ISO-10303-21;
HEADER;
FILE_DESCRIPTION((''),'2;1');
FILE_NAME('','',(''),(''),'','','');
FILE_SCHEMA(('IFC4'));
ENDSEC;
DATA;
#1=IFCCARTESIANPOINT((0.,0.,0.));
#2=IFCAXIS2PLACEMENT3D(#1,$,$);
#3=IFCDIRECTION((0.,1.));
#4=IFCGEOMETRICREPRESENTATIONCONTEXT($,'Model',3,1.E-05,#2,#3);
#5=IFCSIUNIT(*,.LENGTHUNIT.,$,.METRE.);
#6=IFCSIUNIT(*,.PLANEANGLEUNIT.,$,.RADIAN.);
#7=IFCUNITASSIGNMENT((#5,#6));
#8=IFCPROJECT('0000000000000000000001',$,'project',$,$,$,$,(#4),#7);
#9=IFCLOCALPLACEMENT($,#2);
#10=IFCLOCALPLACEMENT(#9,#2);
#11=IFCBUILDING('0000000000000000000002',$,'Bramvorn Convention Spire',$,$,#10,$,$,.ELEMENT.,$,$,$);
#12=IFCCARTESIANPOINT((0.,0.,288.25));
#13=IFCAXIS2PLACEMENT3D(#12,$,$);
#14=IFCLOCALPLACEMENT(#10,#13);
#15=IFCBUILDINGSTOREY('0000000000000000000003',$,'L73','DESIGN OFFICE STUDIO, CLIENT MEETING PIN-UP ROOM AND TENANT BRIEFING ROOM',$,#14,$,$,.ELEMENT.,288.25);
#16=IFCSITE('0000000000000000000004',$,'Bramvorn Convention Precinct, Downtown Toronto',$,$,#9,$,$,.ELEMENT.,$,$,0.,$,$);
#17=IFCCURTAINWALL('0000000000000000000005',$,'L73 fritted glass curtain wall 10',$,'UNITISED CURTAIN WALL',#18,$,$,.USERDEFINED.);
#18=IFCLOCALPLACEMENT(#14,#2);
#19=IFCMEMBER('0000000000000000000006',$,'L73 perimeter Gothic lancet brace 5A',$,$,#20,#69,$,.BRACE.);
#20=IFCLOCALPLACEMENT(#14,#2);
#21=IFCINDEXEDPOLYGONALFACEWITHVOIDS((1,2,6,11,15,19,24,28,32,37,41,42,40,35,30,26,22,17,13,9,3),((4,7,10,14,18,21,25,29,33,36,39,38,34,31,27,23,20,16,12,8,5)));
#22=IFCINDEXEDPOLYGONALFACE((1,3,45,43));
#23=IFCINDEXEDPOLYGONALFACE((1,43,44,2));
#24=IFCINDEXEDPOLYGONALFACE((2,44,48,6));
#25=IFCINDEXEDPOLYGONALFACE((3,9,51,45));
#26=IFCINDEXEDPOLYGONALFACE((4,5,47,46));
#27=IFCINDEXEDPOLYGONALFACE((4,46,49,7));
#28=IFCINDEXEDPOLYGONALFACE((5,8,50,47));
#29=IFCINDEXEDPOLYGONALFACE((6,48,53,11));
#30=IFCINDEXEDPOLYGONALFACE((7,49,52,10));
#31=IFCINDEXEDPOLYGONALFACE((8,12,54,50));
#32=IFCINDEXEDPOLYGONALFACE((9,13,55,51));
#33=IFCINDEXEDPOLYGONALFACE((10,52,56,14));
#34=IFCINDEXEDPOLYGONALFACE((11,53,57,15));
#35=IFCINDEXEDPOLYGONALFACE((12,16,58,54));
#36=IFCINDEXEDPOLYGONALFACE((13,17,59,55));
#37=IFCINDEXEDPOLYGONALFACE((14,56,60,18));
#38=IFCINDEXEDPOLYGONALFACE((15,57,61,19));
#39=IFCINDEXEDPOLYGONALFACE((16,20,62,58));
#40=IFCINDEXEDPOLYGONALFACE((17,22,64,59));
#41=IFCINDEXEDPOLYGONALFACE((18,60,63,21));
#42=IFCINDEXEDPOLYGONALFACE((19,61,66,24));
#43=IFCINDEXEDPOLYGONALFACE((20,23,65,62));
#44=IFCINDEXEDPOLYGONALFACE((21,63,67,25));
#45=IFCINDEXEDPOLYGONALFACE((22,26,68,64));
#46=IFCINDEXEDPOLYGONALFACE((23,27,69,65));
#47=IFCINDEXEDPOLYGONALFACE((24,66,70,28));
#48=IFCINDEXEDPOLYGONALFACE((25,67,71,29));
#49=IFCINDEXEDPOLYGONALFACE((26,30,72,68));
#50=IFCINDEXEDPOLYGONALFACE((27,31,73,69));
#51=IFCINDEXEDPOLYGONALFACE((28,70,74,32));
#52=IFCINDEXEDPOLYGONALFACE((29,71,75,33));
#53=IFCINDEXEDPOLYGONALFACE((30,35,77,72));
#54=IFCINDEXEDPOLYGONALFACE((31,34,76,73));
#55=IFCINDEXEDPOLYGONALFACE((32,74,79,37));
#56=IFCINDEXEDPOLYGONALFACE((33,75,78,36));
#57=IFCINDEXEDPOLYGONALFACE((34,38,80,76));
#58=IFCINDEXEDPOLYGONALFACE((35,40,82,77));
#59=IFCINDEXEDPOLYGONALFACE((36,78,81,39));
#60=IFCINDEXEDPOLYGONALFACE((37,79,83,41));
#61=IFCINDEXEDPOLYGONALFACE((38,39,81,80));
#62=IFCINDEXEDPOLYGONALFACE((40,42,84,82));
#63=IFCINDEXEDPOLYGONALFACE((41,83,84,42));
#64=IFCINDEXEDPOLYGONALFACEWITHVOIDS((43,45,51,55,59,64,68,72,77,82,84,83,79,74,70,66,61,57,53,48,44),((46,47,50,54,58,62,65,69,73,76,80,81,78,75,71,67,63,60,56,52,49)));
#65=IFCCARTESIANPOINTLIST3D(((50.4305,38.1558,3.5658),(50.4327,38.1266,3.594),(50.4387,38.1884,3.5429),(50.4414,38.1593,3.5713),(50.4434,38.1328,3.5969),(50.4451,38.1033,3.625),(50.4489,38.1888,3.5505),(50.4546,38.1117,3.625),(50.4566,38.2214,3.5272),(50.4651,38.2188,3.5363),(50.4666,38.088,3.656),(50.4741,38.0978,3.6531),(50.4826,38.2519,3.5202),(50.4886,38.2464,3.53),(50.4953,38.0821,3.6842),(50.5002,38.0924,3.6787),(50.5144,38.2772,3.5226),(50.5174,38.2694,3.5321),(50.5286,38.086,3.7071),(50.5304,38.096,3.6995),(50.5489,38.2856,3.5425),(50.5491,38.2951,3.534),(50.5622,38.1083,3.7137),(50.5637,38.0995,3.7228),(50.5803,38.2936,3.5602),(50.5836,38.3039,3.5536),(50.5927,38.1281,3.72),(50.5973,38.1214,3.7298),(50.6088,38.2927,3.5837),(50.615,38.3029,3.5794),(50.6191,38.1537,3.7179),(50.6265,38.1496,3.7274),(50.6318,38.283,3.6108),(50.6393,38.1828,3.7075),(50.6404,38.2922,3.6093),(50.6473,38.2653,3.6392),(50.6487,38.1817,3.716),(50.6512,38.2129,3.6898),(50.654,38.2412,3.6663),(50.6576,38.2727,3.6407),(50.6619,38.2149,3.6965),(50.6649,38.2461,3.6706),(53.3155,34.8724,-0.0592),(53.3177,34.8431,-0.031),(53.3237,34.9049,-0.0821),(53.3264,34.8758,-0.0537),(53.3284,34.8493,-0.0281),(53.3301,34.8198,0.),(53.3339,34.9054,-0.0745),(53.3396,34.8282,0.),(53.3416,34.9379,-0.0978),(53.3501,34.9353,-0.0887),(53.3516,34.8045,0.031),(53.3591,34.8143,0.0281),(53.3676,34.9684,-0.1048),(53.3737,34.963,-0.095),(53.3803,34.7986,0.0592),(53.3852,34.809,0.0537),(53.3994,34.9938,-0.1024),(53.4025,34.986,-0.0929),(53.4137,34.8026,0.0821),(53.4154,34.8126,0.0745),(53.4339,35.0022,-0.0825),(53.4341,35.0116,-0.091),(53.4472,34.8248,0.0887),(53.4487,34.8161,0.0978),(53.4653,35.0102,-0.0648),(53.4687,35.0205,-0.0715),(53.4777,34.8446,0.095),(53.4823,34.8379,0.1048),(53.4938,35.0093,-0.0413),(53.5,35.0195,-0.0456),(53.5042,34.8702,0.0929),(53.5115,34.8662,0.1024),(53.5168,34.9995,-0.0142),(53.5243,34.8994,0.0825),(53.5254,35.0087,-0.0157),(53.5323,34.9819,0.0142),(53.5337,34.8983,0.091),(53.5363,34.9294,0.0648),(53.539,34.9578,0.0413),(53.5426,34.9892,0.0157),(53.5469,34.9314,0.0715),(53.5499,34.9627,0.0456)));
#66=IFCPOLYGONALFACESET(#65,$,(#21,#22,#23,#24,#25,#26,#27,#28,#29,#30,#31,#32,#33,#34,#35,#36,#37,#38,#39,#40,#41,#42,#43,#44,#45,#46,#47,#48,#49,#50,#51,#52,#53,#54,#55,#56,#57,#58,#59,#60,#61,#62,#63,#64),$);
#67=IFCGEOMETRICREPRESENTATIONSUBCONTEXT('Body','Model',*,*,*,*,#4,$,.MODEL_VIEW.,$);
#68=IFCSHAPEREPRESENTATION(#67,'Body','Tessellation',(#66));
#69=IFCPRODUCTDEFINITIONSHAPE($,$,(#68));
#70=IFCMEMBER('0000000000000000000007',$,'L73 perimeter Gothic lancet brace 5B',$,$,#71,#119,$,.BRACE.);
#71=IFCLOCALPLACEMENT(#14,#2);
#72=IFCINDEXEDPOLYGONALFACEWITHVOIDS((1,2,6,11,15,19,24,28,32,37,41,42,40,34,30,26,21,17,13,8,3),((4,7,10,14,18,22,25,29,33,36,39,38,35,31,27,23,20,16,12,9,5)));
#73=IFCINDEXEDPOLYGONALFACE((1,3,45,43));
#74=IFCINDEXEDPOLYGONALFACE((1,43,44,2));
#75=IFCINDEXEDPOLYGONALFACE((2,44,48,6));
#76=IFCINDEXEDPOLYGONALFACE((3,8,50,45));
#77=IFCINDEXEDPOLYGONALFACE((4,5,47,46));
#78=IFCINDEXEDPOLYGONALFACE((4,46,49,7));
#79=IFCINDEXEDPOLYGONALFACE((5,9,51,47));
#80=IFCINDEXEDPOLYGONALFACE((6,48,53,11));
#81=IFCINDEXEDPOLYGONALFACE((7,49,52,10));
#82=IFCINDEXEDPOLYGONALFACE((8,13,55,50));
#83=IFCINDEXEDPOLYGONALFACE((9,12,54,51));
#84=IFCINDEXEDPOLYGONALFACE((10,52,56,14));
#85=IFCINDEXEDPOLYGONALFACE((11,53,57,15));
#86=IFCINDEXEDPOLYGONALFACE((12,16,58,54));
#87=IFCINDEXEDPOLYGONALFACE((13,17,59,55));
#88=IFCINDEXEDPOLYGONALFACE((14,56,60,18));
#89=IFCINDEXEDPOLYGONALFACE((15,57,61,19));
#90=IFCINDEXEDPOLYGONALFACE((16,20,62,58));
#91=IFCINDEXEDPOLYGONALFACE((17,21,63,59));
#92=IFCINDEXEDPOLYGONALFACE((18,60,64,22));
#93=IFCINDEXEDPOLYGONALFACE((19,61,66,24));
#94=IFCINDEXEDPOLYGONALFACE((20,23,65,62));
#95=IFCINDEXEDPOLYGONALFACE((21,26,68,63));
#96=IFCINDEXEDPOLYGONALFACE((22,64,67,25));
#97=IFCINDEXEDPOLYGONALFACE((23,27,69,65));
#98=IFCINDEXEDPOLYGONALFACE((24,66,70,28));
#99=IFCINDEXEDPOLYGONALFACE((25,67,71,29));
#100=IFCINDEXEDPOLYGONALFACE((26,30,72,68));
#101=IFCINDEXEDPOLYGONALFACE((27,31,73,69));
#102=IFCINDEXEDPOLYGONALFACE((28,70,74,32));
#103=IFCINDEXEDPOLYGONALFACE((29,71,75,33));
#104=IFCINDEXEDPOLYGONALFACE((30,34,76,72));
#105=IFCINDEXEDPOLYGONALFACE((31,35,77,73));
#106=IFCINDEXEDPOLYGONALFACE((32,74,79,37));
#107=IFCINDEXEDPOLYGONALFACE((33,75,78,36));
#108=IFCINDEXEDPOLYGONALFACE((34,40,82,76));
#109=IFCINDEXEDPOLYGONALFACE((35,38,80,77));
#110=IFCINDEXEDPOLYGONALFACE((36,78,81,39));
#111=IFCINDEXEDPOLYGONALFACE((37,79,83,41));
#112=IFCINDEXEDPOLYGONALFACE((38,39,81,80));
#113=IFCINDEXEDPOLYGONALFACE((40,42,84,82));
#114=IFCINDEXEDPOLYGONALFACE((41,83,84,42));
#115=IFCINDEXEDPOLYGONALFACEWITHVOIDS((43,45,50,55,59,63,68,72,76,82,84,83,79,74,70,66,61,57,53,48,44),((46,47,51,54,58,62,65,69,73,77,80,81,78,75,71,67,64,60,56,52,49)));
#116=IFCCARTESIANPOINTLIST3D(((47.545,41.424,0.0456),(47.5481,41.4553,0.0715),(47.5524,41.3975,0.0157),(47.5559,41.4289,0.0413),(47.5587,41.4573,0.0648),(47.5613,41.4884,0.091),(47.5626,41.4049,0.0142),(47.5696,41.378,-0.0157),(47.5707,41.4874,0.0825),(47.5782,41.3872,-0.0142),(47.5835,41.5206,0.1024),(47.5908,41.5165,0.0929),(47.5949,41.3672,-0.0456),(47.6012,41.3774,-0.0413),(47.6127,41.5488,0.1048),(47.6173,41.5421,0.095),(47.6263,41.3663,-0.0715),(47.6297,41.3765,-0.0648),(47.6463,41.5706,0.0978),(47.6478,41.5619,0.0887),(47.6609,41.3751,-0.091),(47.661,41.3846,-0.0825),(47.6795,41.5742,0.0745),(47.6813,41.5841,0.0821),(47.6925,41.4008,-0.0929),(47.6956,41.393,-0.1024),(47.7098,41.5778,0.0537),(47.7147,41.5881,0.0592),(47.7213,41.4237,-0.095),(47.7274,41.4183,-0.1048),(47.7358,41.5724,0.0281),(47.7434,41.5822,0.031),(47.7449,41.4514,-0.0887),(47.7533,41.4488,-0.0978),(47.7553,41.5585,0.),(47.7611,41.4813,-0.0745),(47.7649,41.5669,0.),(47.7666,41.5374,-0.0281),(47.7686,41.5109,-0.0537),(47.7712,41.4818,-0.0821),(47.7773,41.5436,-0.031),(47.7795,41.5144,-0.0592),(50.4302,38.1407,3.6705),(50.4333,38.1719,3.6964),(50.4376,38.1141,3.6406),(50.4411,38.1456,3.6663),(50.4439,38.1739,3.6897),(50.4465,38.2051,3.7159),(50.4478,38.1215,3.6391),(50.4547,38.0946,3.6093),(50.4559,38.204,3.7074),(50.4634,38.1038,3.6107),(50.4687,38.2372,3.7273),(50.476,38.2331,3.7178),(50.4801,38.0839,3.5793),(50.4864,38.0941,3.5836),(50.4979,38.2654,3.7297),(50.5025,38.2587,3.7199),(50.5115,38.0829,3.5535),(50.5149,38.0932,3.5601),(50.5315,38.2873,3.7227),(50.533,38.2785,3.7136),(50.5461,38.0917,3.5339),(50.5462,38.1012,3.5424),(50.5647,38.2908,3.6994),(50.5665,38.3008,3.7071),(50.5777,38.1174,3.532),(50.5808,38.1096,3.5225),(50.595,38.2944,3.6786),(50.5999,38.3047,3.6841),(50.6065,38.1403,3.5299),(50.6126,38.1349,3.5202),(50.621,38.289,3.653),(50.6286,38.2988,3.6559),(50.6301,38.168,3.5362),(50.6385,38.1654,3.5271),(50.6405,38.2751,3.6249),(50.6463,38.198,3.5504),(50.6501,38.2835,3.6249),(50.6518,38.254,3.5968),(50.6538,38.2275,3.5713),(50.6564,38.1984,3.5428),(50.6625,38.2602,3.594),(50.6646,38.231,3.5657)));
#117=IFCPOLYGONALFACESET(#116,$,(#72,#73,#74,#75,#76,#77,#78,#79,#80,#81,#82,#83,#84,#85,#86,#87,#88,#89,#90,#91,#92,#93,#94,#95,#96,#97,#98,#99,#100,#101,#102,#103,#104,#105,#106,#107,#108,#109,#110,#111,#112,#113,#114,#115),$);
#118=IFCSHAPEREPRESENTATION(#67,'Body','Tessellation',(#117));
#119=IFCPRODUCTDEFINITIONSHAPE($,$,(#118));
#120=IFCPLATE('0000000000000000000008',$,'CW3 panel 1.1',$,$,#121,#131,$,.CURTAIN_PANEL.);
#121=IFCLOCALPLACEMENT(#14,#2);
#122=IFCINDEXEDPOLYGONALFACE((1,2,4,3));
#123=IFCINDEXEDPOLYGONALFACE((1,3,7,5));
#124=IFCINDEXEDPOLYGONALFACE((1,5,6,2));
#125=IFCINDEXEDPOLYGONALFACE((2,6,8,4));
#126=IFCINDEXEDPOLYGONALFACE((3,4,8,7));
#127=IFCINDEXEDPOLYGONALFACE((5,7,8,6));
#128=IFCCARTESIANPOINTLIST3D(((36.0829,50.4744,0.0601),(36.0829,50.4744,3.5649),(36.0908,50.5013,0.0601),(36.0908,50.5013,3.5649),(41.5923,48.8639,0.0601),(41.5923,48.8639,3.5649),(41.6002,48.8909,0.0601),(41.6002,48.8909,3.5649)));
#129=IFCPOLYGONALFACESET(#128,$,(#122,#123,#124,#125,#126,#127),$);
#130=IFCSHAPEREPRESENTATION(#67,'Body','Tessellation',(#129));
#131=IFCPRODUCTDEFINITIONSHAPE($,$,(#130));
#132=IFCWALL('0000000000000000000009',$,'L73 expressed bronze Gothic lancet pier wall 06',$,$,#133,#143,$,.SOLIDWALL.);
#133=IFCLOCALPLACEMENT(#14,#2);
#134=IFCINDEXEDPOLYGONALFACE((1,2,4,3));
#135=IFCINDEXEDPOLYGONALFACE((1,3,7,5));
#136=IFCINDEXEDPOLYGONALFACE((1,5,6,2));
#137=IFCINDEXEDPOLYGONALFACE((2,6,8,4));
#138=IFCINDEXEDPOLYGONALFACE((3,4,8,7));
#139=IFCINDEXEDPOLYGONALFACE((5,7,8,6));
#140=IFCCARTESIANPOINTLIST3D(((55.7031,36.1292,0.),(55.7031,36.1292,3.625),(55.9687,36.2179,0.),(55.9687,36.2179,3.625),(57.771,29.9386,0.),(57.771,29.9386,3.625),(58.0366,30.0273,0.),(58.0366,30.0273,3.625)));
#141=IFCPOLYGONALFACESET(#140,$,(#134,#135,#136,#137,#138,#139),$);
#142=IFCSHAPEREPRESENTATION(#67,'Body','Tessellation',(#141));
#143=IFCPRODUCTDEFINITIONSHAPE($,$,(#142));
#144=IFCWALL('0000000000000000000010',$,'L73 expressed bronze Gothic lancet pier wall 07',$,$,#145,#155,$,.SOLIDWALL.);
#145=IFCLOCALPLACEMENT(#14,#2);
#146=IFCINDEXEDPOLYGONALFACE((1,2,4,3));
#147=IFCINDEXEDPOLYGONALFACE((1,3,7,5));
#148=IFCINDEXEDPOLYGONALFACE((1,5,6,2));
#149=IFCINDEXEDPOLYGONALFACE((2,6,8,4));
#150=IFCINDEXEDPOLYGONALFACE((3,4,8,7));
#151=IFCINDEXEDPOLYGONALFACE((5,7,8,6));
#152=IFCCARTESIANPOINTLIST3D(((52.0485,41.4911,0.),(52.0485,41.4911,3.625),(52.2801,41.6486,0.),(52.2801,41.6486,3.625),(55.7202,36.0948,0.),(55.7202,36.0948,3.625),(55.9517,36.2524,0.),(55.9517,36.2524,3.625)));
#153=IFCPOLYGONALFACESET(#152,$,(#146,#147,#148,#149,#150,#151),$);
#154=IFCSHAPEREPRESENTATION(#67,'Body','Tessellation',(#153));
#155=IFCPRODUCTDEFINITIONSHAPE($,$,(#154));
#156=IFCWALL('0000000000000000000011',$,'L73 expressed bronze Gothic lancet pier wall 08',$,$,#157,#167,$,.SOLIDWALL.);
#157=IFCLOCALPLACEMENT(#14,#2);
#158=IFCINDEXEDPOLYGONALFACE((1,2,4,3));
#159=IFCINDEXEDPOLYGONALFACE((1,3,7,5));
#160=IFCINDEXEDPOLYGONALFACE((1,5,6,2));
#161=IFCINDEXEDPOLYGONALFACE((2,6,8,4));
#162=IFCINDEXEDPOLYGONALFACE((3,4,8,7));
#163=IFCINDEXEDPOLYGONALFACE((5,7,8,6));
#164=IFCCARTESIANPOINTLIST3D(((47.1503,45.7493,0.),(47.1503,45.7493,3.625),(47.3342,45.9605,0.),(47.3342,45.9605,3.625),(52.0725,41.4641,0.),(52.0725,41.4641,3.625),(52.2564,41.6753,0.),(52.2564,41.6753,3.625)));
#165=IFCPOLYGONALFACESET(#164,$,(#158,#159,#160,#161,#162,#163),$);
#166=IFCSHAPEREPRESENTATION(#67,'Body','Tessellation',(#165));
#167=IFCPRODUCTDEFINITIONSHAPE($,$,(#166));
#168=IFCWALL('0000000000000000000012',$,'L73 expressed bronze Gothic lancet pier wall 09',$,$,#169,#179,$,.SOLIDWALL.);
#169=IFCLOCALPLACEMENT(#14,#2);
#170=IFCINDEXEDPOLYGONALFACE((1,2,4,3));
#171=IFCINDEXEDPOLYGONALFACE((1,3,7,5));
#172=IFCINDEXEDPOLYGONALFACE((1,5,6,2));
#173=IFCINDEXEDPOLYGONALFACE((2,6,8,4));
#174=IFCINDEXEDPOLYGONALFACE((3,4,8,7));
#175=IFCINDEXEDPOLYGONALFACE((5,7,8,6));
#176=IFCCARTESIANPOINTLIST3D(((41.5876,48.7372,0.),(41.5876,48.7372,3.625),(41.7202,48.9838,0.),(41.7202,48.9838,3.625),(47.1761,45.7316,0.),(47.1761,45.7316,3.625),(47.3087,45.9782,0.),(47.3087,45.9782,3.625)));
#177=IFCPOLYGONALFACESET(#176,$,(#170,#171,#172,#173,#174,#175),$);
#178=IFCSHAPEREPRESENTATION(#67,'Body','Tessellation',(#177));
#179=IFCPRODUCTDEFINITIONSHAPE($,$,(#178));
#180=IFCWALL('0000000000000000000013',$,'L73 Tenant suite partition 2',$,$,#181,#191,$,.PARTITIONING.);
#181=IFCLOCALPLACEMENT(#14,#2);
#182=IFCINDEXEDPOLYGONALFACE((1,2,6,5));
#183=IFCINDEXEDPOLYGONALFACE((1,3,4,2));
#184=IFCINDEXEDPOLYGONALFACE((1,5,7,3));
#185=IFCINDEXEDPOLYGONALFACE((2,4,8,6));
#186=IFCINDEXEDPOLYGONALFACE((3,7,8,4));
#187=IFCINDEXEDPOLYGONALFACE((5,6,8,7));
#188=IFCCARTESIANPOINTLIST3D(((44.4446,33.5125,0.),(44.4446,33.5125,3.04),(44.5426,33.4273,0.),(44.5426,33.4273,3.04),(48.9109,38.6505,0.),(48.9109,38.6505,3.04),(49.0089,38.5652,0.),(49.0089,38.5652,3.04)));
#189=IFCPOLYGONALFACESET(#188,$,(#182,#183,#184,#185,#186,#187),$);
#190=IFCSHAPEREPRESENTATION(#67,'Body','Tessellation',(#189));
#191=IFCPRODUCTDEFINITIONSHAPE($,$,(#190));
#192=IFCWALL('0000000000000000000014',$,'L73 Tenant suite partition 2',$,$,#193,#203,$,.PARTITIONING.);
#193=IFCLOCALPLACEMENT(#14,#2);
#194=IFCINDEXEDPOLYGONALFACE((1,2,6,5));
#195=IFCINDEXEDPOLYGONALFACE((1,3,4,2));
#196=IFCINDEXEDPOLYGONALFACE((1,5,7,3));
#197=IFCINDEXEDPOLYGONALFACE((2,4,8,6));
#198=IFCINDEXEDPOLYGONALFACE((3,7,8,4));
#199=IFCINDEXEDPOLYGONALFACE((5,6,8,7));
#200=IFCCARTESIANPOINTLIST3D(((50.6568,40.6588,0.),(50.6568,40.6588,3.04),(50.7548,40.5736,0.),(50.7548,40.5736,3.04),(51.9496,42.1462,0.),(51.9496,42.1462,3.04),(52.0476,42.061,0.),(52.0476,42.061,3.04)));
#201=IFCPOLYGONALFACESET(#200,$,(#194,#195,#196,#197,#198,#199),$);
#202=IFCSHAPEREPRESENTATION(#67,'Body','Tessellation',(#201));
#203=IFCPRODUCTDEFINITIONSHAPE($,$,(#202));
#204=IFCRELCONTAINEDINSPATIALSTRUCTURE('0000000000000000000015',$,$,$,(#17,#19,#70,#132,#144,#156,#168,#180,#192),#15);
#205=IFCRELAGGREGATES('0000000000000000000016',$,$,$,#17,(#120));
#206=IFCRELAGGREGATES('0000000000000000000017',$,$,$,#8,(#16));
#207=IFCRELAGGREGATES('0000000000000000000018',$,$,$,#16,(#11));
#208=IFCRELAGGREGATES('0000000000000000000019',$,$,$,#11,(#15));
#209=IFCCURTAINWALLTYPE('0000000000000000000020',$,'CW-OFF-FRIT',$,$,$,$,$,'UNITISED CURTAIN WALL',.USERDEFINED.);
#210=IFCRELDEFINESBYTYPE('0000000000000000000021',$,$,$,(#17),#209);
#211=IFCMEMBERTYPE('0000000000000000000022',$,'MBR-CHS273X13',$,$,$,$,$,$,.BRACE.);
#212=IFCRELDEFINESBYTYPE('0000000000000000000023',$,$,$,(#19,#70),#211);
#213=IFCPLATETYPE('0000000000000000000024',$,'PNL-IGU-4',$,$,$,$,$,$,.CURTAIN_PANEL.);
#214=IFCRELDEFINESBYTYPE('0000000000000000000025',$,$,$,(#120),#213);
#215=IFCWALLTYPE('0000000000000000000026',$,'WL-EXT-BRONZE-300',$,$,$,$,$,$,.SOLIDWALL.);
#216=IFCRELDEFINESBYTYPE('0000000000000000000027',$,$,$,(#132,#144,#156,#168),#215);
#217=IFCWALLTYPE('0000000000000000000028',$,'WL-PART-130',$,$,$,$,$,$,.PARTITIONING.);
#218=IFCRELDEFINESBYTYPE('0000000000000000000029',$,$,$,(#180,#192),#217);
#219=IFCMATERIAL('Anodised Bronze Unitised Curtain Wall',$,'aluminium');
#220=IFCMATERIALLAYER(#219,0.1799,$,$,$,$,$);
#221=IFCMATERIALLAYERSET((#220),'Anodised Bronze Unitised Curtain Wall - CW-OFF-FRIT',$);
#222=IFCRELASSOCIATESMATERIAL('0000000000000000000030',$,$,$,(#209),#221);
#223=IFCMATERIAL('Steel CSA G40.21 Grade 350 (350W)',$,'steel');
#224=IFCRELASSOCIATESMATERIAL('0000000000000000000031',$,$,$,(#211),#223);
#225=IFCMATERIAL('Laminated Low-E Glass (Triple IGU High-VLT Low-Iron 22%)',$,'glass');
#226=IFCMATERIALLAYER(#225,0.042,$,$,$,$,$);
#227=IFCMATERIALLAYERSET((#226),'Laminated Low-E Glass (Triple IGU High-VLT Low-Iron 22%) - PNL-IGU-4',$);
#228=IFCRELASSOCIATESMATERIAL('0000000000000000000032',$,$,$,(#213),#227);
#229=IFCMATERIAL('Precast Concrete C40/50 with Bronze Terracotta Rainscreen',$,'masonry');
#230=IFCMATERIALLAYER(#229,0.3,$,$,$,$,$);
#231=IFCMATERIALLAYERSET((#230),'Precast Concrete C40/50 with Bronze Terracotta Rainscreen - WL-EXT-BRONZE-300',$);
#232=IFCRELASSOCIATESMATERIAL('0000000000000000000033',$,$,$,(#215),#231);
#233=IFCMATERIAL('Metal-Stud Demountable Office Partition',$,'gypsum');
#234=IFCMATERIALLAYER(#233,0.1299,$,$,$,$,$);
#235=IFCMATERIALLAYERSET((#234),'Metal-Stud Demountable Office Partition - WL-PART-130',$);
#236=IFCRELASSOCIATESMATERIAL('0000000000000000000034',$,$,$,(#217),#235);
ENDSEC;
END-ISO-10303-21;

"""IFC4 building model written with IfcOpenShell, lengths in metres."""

from ifc_helpers import new_model, si_unit, direction, frame, frame_2d, origin, origin_2d, place, context, subcontext, project, spatial, rectangle, hollow_circle, extrude, material, layer, layer_set, material_profile, profile_set, type_object, element, aggregate, save


model = new_model("IFC4")

# Units and contexts
model_context = context("Model", 3, precision=1e-05, world=origin(), true_north=direction((0.0, 1.0)))
body_context = subcontext(model_context, "Body", "Model", "MODEL_VIEW")
ifc_project = project(units=[si_unit("LENGTHUNIT", "METRE"), si_unit("PLANEANGLEUNIT", "RADIAN")], contexts=[model_context])

# Site, building, storey
site_placement = place(None, origin())
site = spatial("IfcSite", under=ifc_project, at=site_placement, Name="Bramvorn Convention Precinct, Downtown Toronto", CompositionType="ELEMENT", RefElevation=0.0)
building_placement = place(site_placement, origin())
building = spatial("IfcBuilding", under=site, at=building_placement, Name="Bramvorn Convention Spire", CompositionType="ELEMENT")
storey_placement = place(building_placement, frame((0.0, 0.0, 288.25)))
storey = spatial("IfcBuildingStorey", under=building, at=storey_placement, Name="L73", Description="DESIGN OFFICE STUDIO, CLIENT MEETING PIN-UP ROOM AND TENANT BRIEFING ROOM", CompositionType="ELEMENT", Elevation=288.25)

# Shared definitions
ifc_material_1 = material(Name="Steel CSA G40.21 Grade 350 (350W)", Category="steel")

# Curtain wall
ifc_material_2 = material(Name="Anodised Bronze Unitised Curtain Wall", Category="aluminium")
ifc_layer_1 = layer(ifc_material_2, 0.1799)
ifc_layer_set_1 = layer_set([ifc_layer_1], Name="Anodised Bronze Unitised Curtain Wall - CW-OFF-FRIT")
curtain_wall_type = type_object("IfcCurtainWallType", Name="CW-OFF-FRIT", ElementType="UNITISED CURTAIN WALL", PredefinedType="USERDEFINED", material=ifc_layer_set_1)
curtain_wall_1_placement = place(storey_placement, origin())
curtain_wall_1 = element("IfcCurtainWall", 1, at=curtain_wall_1_placement, inside=storey, type_object=curtain_wall_type, Name="L73 fritted glass curtain wall 10", ObjectType="UNITISED CURTAIN WALL", PredefinedType="USERDEFINED")

# Members
ifc_material_profile_1 = material_profile(ifc_material_1, hollow_circle(Radius=0.1365, WallThickness=0.0127, at=origin_2d()))
ifc_profile_set_1 = profile_set([ifc_material_profile_1], Name="Steel CSA G40.21 Grade 350 (350W) - CHS273X13")
member_type_1 = type_object("IfcMemberType", Name="MBR-CHS273X13", PredefinedType="BRACE", material=ifc_profile_set_1)
for number, where, z_axis, x_axis, name in (
    (2, (53.4326, 34.9099, 0.0), (-0.508062, 0.578228, 0.638377), (-0.751215, -0.660057, 0.0), "L73 perimeter Gothic lancet brace 5A"),
    (3, (47.6624, 41.4768, 0.0), (0.508094, -0.578216, 0.638363), (0.751188, 0.660089, 0.0), "L73 perimeter Gothic lancet brace 5B"),
):
    element("IfcMember", number, at=place(storey_placement, frame(where, z_axis=z_axis, x_axis=x_axis)), inside=storey, type_object=member_type_1, Name=name, PredefinedType="BRACE", context=body_context, shape_type="SweptSolid", body=[
        extrude(hollow_circle(Radius=0.1365, WallThickness=0.0127, at=origin_2d()), origin(), (0.0, 0.0, 1.0), 5.6785),
    ])

# Plate
ifc_material_3 = material(Name="Laminated Low-E Glass (Triple IGU High-VLT Low-Iron 22%)", Category="glass")
ifc_layer_2 = layer(ifc_material_3, 0.042)
ifc_layer_set_2 = layer_set([ifc_layer_2], Name="Laminated Low-E Glass (Triple IGU High-VLT Low-Iron 22%) - PNL-IGU-4")
plate_type = type_object("IfcPlateType", Name="PNL-IGU-4", PredefinedType="CURTAIN_PANEL", material=ifc_layer_set_2)
plate_placement = place(storey_placement, frame((38.8416, 49.6826, 0.0601), z_axis=(0.0, 0.0, 1.0), x_axis=(0.959835, -0.280565, 0.0)))
plate = element("IfcPlate", 4, at=plate_placement, type_object=plate_type, Name="CW3 panel 1.1", PredefinedType="CURTAIN_PANEL", context=body_context, shape_type="SweptSolid", body=[
    extrude(rectangle(XDim=5.74, YDim=0.0281, at=origin_2d()), origin(), (0.0, 0.0, 1.0), 3.5049),
])
aggregate(curtain_wall_1, [plate])

# Walls
ifc_material_4 = material(Name="Precast Concrete C40/50 with Bronze Terracotta Rainscreen", Category="masonry")
ifc_layer_3 = layer(ifc_material_4, 0.3)
ifc_layer_set_3 = layer_set([ifc_layer_3], Name="Precast Concrete C40/50 with Bronze Terracotta Rainscreen - WL-EXT-BRONZE-300")
wall_type_1 = type_object("IfcWallType", Name="WL-EXT-BRONZE-300", PredefinedType="SOLIDWALL", material=ifc_layer_set_3)
for number, where, z_axis, x_axis, name in (
    (5, (55.8359, 36.1736, 0.0), (0.0, 0.0, 1.0), (0.316822, -0.948485, 0.0), "L73 expressed bronze Gothic lancet pier wall 06"),
    (6, (52.1643, 41.5698, 0.0), (0.0, 0.0, 1.0), (0.562539, -0.826771, 0.0), "L73 expressed bronze Gothic lancet pier wall 07"),
):
    element("IfcWall", number, at=place(storey_placement, frame(where, z_axis=z_axis, x_axis=x_axis)), inside=storey, type_object=wall_type_1, Name=name, PredefinedType="SOLIDWALL", context=body_context, shape_type="SweptSolid", body=[
        extrude(rectangle(XDim=6.5269, YDim=0.28, at=frame_2d((3.2634, 0.0))), origin(), (0.0, 0.0, 1.0), 3.625),
    ])
wall_1_placement = place(storey_placement, frame((47.2422, 45.855, 0.0), z_axis=(0.0, 0.0, 1.0), x_axis=(0.754222, -0.656619, 0.0)))
element("IfcWall", 7, at=wall_1_placement, inside=storey, type_object=wall_type_1, Name="L73 expressed bronze Gothic lancet pier wall 08", PredefinedType="SOLIDWALL", context=body_context, shape_type="SweptSolid", body=[
    extrude(rectangle(XDim=6.5261, YDim=0.28, at=frame_2d((3.2632, 0.0))), origin(), (0.0, 0.0, 1.0), 3.625),
])
wall_2_placement = place(storey_placement, frame((41.6538, 48.8606, 0.0), z_axis=(0.0, 0.0, 1.0), x_axis=(0.880702, -0.473671, 0.0)))
element("IfcWall", 8, at=wall_2_placement, inside=storey, type_object=wall_type_1, Name="L73 expressed bronze Gothic lancet pier wall 09", PredefinedType="SOLIDWALL", context=body_context, shape_type="SweptSolid", body=[
    extrude(rectangle(XDim=6.3455, YDim=0.28, at=frame_2d((3.1729, 0.0))), origin(), (0.0, 0.0, 1.0), 3.625),
])
ifc_material_5 = material(Name="Metal-Stud Demountable Office Partition", Category="gypsum")
ifc_layer_4 = layer(ifc_material_5, 0.1299)
ifc_layer_set_4 = layer_set([ifc_layer_4], Name="Metal-Stud Demountable Office Partition - WL-PART-130")
wall_type_2 = type_object("IfcWallType", Name="WL-PART-130", PredefinedType="PARTITIONING", material=ifc_layer_set_4)
wall_3_placement = place(storey_placement, frame((44.4937, 33.47, 0.0), z_axis=(0.0, 0.0, 1.0), x_axis=(0.656056, 0.754712, 0.0)))
element("IfcWall", 9, at=wall_3_placement, inside=storey, type_object=wall_type_2, Name="L73 Tenant suite partition 2", PredefinedType="PARTITIONING", context=body_context, shape_type="SweptSolid", body=[
    extrude(rectangle(XDim=6.8079, YDim=0.1299, at=frame_2d((3.4038, 0.0))), origin(), (0.0, 0.0, 1.0), 3.04),
])
wall_4_placement = place(storey_placement, frame((50.7058, 40.6162, 0.0), z_axis=(0.0, 0.0, 1.0), x_axis=(0.65601, 0.754752, 0.0)))
element("IfcWall", 10, at=wall_4_placement, inside=storey, type_object=wall_type_2, Name="L73 Tenant suite partition 2", PredefinedType="PARTITIONING", context=body_context, shape_type="SweptSolid", body=[
    extrude(rectangle(XDim=1.9707, YDim=0.1299, at=frame_2d((0.9854, 0.0))), origin(), (0.0, 0.0, 1.0), 3.04),
])

save(model, "model.ifc")
